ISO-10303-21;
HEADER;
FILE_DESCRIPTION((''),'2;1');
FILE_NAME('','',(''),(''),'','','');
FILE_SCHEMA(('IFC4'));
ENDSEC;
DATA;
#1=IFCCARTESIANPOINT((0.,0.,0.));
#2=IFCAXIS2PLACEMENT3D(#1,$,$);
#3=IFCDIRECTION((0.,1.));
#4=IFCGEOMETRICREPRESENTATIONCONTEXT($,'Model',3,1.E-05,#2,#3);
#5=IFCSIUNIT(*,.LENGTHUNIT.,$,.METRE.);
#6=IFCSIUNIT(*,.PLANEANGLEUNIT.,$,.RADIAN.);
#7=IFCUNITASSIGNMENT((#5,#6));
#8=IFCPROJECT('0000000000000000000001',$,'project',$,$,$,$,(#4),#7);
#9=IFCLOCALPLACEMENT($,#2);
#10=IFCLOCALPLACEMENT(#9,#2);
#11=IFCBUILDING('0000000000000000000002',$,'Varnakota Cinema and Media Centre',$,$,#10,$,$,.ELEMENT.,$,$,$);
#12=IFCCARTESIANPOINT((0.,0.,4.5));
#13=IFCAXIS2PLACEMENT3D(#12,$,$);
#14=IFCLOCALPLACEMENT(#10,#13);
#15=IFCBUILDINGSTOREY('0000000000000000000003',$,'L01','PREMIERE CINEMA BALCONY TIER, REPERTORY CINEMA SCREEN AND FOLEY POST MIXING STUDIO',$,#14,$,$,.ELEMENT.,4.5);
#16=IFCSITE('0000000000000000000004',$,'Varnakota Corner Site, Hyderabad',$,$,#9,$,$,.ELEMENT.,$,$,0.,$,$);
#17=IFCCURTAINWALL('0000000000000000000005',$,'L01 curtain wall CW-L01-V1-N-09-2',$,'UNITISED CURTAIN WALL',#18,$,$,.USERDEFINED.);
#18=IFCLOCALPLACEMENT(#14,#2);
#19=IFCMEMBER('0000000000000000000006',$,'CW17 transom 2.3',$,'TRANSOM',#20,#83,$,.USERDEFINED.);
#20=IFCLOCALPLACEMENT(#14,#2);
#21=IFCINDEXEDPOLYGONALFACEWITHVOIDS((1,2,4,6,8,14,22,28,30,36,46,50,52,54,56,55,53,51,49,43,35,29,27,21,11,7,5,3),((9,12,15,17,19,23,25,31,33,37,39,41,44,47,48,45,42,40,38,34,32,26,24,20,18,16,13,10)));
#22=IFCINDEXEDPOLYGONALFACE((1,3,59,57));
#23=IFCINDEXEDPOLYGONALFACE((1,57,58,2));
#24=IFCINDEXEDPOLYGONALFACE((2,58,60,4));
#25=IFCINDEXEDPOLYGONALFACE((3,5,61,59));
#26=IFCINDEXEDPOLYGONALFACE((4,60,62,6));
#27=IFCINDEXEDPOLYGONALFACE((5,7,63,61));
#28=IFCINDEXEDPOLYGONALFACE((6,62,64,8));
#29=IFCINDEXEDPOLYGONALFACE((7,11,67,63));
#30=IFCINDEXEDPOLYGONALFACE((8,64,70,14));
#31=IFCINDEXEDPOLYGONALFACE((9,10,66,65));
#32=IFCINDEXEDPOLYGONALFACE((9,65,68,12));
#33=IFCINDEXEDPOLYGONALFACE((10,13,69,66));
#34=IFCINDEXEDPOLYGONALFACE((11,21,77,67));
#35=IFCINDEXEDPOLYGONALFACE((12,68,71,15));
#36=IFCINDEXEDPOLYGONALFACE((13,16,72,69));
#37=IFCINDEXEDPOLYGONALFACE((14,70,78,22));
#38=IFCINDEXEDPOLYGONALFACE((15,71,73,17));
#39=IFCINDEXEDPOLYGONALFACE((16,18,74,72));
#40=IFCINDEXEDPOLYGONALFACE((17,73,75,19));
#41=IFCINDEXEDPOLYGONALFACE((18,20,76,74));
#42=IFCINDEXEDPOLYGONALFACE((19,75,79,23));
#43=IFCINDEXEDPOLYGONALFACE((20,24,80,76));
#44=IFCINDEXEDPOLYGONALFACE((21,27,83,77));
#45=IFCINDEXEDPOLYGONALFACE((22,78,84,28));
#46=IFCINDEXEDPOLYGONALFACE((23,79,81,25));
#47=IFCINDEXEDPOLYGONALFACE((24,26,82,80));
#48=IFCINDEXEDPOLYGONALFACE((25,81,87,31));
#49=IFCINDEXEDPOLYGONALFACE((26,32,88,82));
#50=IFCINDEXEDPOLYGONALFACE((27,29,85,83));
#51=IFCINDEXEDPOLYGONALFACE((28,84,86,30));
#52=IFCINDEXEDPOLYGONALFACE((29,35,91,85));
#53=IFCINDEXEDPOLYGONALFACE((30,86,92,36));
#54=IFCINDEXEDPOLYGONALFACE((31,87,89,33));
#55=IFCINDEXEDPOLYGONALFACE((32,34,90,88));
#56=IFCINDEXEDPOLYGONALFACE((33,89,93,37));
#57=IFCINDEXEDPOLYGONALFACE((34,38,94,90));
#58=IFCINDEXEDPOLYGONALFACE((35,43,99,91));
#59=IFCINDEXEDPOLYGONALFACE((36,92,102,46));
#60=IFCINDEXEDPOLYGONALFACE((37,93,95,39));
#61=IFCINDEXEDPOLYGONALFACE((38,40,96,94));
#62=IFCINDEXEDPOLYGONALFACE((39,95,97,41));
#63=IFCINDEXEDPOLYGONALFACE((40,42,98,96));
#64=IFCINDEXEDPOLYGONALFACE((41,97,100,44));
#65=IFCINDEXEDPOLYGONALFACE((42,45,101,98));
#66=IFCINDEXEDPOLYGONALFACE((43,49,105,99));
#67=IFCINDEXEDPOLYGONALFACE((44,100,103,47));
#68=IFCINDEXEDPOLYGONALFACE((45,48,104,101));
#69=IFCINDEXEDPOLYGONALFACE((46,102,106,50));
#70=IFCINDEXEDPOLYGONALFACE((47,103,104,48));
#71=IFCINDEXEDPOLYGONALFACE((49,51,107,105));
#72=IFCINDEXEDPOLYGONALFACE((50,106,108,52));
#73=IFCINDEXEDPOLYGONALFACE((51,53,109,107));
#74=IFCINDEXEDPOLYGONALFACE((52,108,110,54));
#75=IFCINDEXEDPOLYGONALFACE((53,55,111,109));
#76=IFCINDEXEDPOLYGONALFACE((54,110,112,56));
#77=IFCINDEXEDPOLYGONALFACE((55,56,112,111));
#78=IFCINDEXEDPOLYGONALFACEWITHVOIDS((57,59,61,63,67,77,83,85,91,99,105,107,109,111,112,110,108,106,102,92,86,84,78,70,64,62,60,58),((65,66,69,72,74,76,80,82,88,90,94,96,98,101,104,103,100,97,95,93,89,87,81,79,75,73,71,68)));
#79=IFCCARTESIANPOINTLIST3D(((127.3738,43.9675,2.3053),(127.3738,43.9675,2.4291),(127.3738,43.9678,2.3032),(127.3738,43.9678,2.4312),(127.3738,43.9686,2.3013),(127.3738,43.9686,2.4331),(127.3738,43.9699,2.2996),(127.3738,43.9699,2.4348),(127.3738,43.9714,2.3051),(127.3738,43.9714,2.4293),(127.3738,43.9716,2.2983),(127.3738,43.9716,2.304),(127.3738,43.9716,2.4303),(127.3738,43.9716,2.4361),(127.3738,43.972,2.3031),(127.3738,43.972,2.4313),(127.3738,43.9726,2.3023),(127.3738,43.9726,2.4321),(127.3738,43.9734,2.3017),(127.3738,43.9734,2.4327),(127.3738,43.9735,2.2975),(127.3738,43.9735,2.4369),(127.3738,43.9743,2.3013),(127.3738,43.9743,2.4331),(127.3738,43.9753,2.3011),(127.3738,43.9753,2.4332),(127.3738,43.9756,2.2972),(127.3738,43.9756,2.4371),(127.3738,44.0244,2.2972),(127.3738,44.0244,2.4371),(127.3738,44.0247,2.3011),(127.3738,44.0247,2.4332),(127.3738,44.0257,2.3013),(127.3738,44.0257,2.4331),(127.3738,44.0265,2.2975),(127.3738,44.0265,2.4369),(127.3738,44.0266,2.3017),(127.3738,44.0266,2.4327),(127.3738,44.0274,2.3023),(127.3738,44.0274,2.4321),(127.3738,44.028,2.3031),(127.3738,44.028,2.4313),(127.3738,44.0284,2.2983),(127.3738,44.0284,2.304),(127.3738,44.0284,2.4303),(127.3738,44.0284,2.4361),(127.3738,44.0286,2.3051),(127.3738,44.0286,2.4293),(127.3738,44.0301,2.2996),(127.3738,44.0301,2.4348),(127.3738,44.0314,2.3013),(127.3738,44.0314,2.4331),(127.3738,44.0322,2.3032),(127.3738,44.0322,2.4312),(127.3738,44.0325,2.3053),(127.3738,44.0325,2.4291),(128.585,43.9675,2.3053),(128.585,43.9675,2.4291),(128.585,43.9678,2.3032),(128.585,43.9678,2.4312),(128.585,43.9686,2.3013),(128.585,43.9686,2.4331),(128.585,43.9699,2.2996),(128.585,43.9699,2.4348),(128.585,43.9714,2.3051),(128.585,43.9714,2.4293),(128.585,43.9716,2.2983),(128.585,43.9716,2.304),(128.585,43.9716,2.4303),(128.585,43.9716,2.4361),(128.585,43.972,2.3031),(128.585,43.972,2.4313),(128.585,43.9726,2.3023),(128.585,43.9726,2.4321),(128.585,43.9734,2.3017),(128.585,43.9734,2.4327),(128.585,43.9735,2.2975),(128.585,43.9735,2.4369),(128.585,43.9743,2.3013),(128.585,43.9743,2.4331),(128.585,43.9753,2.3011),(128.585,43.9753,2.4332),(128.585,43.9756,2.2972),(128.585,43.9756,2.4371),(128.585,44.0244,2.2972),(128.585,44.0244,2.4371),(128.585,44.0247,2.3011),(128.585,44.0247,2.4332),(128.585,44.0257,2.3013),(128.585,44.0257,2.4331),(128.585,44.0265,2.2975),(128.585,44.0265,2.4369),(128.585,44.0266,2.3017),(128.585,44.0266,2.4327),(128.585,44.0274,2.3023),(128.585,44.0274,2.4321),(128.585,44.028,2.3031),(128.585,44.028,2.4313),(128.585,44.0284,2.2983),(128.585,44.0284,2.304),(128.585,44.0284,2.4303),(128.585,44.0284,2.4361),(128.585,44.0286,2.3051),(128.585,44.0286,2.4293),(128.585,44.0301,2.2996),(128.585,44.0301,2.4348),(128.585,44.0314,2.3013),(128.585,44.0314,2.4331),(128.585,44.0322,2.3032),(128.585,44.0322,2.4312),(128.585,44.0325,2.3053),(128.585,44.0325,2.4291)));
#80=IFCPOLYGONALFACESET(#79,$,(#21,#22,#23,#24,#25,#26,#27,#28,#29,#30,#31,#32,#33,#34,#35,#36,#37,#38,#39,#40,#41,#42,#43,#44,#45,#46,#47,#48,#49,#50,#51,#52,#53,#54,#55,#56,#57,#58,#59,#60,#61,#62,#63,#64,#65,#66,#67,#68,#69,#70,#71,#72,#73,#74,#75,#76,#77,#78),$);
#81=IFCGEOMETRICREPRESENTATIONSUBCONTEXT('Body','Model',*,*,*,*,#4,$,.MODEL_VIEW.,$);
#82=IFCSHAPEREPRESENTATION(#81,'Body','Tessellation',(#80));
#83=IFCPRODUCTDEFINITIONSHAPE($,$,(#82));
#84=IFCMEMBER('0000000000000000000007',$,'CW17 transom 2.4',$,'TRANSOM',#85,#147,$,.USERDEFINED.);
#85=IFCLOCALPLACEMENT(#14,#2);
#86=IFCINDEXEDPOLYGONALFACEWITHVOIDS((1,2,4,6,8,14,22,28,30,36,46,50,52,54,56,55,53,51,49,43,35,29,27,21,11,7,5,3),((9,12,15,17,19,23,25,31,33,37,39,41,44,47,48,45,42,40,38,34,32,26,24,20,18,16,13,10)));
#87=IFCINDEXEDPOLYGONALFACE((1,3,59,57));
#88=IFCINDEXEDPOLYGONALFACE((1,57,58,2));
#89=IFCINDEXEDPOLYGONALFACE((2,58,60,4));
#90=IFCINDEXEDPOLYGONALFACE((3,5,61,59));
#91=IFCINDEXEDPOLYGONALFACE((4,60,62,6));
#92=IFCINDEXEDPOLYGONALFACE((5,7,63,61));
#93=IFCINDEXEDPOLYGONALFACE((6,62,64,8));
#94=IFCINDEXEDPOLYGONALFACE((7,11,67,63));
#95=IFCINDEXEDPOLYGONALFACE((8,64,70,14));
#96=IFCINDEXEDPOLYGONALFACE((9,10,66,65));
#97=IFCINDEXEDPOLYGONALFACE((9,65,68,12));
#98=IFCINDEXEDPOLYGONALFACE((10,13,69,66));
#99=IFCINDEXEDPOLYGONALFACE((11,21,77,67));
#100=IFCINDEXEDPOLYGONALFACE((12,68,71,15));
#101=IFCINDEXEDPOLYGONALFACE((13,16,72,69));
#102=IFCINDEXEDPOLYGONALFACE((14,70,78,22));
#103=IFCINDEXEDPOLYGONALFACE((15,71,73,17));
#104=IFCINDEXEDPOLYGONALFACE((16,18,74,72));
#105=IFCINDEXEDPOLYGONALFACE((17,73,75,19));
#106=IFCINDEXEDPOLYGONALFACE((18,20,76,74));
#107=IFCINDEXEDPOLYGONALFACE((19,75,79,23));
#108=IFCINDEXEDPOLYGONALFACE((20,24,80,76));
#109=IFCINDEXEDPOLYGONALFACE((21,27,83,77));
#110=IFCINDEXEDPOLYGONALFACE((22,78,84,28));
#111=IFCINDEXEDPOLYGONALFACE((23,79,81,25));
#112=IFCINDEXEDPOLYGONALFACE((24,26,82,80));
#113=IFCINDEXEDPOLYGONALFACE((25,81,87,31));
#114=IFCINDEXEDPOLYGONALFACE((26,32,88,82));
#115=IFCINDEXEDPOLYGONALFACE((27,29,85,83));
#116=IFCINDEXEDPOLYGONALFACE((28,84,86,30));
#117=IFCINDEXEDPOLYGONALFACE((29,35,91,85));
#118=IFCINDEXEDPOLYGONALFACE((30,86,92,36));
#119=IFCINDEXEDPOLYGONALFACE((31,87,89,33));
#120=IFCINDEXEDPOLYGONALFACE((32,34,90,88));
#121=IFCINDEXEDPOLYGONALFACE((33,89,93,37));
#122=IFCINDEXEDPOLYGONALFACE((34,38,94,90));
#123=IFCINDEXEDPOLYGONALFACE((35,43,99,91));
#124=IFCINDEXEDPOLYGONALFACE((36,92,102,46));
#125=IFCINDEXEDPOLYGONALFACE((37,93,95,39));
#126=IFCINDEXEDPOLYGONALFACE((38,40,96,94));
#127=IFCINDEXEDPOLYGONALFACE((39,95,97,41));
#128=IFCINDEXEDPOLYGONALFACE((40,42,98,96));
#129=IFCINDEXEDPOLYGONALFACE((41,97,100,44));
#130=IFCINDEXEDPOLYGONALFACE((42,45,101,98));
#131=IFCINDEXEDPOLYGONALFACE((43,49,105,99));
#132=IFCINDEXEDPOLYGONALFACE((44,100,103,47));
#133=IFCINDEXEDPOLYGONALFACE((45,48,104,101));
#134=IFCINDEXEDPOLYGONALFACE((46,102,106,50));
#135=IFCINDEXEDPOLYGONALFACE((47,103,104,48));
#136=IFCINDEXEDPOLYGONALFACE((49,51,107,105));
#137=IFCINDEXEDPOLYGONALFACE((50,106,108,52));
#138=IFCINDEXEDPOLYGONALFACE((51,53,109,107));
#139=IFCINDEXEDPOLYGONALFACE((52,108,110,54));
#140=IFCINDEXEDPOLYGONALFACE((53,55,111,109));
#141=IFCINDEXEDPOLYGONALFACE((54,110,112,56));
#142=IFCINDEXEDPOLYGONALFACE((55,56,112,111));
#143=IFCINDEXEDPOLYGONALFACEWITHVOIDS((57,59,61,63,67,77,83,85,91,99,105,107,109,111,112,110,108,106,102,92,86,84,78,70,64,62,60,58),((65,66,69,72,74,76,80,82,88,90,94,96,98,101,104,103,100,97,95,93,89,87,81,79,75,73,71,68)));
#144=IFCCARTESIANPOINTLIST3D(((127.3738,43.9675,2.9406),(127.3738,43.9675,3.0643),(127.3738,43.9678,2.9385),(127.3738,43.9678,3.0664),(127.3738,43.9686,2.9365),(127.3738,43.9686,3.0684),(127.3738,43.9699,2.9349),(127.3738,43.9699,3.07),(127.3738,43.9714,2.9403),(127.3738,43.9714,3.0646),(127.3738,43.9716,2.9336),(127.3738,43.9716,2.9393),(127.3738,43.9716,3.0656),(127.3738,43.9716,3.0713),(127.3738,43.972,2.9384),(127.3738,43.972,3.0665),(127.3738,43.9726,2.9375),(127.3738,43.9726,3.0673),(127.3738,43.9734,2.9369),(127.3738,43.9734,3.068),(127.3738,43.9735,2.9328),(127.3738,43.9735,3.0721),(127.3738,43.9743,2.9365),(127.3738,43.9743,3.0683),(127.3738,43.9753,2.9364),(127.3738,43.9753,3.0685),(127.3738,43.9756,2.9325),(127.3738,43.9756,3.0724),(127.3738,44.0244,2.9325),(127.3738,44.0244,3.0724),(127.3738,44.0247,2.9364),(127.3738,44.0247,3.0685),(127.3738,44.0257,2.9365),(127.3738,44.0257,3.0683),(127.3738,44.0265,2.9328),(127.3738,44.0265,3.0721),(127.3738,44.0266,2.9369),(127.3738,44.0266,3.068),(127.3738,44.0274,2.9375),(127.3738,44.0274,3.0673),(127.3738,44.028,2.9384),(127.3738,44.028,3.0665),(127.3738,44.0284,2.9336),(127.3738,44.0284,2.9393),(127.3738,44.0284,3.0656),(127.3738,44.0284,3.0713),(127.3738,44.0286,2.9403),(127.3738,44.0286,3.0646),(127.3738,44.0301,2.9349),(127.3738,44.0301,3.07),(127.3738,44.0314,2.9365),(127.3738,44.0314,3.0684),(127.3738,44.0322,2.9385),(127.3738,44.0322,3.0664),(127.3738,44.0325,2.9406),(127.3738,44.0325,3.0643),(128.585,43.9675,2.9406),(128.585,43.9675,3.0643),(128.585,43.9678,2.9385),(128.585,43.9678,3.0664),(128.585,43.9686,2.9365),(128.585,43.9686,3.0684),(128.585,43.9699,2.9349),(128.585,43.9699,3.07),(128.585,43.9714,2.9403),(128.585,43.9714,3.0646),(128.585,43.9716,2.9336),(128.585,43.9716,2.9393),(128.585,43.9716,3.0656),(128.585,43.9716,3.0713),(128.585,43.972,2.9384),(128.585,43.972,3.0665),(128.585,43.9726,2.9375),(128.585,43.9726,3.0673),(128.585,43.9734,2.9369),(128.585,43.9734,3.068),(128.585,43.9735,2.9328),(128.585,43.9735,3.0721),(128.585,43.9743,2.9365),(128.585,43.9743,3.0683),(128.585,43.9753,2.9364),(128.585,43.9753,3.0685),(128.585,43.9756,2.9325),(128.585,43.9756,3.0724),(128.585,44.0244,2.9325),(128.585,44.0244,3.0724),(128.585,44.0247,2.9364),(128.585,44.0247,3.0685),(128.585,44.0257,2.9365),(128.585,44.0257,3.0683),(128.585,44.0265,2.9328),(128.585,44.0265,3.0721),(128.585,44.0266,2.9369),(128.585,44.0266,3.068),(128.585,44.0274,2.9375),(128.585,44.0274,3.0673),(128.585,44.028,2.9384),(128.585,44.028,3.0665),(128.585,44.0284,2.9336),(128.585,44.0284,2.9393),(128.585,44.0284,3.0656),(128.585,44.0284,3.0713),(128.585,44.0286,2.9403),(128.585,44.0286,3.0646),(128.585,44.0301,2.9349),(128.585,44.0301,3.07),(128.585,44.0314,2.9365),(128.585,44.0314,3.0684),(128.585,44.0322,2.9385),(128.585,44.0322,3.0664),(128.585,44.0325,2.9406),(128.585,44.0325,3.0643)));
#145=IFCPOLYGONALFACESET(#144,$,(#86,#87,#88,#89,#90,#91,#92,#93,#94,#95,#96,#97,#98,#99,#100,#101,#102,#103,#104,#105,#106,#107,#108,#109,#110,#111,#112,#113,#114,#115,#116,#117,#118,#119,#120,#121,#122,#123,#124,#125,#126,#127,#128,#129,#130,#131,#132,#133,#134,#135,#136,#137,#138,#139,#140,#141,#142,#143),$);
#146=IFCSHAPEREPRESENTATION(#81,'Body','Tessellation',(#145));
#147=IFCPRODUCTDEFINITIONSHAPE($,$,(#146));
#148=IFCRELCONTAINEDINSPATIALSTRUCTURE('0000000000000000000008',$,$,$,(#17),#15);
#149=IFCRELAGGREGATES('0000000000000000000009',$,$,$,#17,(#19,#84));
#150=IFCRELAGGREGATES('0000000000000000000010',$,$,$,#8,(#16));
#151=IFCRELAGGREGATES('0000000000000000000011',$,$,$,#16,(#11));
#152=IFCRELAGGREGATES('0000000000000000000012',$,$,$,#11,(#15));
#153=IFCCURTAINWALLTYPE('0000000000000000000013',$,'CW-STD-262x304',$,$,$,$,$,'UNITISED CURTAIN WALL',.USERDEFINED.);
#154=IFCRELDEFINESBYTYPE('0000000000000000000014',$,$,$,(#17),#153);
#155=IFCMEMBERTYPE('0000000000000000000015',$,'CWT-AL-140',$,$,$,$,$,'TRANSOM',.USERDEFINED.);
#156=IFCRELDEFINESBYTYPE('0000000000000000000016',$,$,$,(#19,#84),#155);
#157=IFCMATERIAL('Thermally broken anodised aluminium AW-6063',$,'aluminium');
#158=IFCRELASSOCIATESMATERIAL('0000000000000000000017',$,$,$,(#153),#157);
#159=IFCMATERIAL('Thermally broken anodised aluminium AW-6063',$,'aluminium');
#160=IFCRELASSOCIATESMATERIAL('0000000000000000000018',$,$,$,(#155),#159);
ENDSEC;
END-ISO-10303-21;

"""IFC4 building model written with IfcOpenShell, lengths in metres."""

from ifc_helpers import new_model, si_unit, direction, frame, origin, origin_2d, place, context, subcontext, project, spatial, hollow_rectangle, extrude, material, material_profile, profile_set, type_object, element, aggregate, save


model = new_model("IFC4")

# Units and contexts
model_context = context("Model", 3, precision=1e-05, world=origin(), true_north=direction((0.0, 1.0)))
body_context = subcontext(model_context, "Body", "Model", "MODEL_VIEW")
ifc_project = project(units=[si_unit("LENGTHUNIT", "METRE"), si_unit("PLANEANGLEUNIT", "RADIAN")], contexts=[model_context])

# Site, building, storey
site_placement = place(None, origin())
site = spatial("IfcSite", under=ifc_project, at=site_placement, Name="Varnakota Corner Site, Hyderabad", CompositionType="ELEMENT", RefElevation=0.0)
building_placement = place(site_placement, origin())
building = spatial("IfcBuilding", under=site, at=building_placement, Name="Varnakota Cinema and Media Centre", CompositionType="ELEMENT")
storey_placement = place(building_placement, frame((0.0, 0.0, 4.5)))
storey = spatial("IfcBuildingStorey", under=building, at=storey_placement, Name="L01", Description="PREMIERE CINEMA BALCONY TIER, REPERTORY CINEMA SCREEN AND FOLEY POST MIXING STUDIO", CompositionType="ELEMENT", Elevation=4.5)

# Curtain wall
ifc_material_1 = material(Name="Thermally broken anodised aluminium AW-6063", Category="aluminium")
curtain_wall_type = type_object("IfcCurtainWallType", Name="CW-STD-262x304", ElementType="UNITISED CURTAIN WALL", PredefinedType="USERDEFINED", material=ifc_material_1)
curtain_wall_1_placement = place(storey_placement, origin())
curtain_wall_1 = element("IfcCurtainWall", 1, at=curtain_wall_1_placement, inside=storey, type_object=curtain_wall_type, Name="L01 curtain wall CW-L01-V1-N-09-2", ObjectType="UNITISED CURTAIN WALL", PredefinedType="USERDEFINED")

# Members
ifc_material_2 = material(Name="Thermally broken anodised aluminium AW-6063", Category="aluminium")
ifc_material_profile_1 = material_profile(ifc_material_2, hollow_rectangle(XDim=0.0649, YDim=0.1399, WallThickness=0.0039, InnerFilletRadius=0.0039, OuterFilletRadius=0.0081, at=origin_2d()), Name="AL-TRANSOM 140x65x4")
ifc_profile_set_1 = profile_set([ifc_material_profile_1], Name="Thermally broken anodised aluminium AW-6063")
member_type_1 = type_object("IfcMemberType", Name="CWT-AL-140", ElementType="TRANSOM", PredefinedType="USERDEFINED", material=ifc_profile_set_1)
member_1_placement = place(storey_placement, frame((127.3738, 44.0, 2.3672), z_axis=(1.0, 0.0, 0.0), x_axis=(0.0, 1.0, 0.0)))
member_1 = element("IfcMember", 2, at=member_1_placement, type_object=member_type_1, Name="CW17 transom 2.3", ObjectType="TRANSOM", PredefinedType="USERDEFINED", context=body_context, shape_type="SweptSolid", body=[
    extrude(hollow_rectangle(XDim=0.0649, YDim=0.1399, WallThickness=0.0039, InnerFilletRadius=0.0039, OuterFilletRadius=0.0081, at=origin_2d()), origin(), (0.0, 0.0, 1.0), 1.2112),
])
member_2_placement = place(storey_placement, frame((127.3738, 44.0, 3.0024), z_axis=(1.0, 0.0, 0.0), x_axis=(0.0, 1.0, 0.0)))
member_2 = element("IfcMember", 3, at=member_2_placement, type_object=member_type_1, Name="CW17 transom 2.4", ObjectType="TRANSOM", PredefinedType="USERDEFINED", context=body_context, shape_type="SweptSolid", body=[
    extrude(hollow_rectangle(XDim=0.0649, YDim=0.1399, WallThickness=0.0039, InnerFilletRadius=0.0039, OuterFilletRadius=0.0081, at=origin_2d()), origin(), (0.0, 0.0, 1.0), 1.2112),
])

aggregate(curtain_wall_1, [member_1, member_2])

save(model, "model.ifc")
